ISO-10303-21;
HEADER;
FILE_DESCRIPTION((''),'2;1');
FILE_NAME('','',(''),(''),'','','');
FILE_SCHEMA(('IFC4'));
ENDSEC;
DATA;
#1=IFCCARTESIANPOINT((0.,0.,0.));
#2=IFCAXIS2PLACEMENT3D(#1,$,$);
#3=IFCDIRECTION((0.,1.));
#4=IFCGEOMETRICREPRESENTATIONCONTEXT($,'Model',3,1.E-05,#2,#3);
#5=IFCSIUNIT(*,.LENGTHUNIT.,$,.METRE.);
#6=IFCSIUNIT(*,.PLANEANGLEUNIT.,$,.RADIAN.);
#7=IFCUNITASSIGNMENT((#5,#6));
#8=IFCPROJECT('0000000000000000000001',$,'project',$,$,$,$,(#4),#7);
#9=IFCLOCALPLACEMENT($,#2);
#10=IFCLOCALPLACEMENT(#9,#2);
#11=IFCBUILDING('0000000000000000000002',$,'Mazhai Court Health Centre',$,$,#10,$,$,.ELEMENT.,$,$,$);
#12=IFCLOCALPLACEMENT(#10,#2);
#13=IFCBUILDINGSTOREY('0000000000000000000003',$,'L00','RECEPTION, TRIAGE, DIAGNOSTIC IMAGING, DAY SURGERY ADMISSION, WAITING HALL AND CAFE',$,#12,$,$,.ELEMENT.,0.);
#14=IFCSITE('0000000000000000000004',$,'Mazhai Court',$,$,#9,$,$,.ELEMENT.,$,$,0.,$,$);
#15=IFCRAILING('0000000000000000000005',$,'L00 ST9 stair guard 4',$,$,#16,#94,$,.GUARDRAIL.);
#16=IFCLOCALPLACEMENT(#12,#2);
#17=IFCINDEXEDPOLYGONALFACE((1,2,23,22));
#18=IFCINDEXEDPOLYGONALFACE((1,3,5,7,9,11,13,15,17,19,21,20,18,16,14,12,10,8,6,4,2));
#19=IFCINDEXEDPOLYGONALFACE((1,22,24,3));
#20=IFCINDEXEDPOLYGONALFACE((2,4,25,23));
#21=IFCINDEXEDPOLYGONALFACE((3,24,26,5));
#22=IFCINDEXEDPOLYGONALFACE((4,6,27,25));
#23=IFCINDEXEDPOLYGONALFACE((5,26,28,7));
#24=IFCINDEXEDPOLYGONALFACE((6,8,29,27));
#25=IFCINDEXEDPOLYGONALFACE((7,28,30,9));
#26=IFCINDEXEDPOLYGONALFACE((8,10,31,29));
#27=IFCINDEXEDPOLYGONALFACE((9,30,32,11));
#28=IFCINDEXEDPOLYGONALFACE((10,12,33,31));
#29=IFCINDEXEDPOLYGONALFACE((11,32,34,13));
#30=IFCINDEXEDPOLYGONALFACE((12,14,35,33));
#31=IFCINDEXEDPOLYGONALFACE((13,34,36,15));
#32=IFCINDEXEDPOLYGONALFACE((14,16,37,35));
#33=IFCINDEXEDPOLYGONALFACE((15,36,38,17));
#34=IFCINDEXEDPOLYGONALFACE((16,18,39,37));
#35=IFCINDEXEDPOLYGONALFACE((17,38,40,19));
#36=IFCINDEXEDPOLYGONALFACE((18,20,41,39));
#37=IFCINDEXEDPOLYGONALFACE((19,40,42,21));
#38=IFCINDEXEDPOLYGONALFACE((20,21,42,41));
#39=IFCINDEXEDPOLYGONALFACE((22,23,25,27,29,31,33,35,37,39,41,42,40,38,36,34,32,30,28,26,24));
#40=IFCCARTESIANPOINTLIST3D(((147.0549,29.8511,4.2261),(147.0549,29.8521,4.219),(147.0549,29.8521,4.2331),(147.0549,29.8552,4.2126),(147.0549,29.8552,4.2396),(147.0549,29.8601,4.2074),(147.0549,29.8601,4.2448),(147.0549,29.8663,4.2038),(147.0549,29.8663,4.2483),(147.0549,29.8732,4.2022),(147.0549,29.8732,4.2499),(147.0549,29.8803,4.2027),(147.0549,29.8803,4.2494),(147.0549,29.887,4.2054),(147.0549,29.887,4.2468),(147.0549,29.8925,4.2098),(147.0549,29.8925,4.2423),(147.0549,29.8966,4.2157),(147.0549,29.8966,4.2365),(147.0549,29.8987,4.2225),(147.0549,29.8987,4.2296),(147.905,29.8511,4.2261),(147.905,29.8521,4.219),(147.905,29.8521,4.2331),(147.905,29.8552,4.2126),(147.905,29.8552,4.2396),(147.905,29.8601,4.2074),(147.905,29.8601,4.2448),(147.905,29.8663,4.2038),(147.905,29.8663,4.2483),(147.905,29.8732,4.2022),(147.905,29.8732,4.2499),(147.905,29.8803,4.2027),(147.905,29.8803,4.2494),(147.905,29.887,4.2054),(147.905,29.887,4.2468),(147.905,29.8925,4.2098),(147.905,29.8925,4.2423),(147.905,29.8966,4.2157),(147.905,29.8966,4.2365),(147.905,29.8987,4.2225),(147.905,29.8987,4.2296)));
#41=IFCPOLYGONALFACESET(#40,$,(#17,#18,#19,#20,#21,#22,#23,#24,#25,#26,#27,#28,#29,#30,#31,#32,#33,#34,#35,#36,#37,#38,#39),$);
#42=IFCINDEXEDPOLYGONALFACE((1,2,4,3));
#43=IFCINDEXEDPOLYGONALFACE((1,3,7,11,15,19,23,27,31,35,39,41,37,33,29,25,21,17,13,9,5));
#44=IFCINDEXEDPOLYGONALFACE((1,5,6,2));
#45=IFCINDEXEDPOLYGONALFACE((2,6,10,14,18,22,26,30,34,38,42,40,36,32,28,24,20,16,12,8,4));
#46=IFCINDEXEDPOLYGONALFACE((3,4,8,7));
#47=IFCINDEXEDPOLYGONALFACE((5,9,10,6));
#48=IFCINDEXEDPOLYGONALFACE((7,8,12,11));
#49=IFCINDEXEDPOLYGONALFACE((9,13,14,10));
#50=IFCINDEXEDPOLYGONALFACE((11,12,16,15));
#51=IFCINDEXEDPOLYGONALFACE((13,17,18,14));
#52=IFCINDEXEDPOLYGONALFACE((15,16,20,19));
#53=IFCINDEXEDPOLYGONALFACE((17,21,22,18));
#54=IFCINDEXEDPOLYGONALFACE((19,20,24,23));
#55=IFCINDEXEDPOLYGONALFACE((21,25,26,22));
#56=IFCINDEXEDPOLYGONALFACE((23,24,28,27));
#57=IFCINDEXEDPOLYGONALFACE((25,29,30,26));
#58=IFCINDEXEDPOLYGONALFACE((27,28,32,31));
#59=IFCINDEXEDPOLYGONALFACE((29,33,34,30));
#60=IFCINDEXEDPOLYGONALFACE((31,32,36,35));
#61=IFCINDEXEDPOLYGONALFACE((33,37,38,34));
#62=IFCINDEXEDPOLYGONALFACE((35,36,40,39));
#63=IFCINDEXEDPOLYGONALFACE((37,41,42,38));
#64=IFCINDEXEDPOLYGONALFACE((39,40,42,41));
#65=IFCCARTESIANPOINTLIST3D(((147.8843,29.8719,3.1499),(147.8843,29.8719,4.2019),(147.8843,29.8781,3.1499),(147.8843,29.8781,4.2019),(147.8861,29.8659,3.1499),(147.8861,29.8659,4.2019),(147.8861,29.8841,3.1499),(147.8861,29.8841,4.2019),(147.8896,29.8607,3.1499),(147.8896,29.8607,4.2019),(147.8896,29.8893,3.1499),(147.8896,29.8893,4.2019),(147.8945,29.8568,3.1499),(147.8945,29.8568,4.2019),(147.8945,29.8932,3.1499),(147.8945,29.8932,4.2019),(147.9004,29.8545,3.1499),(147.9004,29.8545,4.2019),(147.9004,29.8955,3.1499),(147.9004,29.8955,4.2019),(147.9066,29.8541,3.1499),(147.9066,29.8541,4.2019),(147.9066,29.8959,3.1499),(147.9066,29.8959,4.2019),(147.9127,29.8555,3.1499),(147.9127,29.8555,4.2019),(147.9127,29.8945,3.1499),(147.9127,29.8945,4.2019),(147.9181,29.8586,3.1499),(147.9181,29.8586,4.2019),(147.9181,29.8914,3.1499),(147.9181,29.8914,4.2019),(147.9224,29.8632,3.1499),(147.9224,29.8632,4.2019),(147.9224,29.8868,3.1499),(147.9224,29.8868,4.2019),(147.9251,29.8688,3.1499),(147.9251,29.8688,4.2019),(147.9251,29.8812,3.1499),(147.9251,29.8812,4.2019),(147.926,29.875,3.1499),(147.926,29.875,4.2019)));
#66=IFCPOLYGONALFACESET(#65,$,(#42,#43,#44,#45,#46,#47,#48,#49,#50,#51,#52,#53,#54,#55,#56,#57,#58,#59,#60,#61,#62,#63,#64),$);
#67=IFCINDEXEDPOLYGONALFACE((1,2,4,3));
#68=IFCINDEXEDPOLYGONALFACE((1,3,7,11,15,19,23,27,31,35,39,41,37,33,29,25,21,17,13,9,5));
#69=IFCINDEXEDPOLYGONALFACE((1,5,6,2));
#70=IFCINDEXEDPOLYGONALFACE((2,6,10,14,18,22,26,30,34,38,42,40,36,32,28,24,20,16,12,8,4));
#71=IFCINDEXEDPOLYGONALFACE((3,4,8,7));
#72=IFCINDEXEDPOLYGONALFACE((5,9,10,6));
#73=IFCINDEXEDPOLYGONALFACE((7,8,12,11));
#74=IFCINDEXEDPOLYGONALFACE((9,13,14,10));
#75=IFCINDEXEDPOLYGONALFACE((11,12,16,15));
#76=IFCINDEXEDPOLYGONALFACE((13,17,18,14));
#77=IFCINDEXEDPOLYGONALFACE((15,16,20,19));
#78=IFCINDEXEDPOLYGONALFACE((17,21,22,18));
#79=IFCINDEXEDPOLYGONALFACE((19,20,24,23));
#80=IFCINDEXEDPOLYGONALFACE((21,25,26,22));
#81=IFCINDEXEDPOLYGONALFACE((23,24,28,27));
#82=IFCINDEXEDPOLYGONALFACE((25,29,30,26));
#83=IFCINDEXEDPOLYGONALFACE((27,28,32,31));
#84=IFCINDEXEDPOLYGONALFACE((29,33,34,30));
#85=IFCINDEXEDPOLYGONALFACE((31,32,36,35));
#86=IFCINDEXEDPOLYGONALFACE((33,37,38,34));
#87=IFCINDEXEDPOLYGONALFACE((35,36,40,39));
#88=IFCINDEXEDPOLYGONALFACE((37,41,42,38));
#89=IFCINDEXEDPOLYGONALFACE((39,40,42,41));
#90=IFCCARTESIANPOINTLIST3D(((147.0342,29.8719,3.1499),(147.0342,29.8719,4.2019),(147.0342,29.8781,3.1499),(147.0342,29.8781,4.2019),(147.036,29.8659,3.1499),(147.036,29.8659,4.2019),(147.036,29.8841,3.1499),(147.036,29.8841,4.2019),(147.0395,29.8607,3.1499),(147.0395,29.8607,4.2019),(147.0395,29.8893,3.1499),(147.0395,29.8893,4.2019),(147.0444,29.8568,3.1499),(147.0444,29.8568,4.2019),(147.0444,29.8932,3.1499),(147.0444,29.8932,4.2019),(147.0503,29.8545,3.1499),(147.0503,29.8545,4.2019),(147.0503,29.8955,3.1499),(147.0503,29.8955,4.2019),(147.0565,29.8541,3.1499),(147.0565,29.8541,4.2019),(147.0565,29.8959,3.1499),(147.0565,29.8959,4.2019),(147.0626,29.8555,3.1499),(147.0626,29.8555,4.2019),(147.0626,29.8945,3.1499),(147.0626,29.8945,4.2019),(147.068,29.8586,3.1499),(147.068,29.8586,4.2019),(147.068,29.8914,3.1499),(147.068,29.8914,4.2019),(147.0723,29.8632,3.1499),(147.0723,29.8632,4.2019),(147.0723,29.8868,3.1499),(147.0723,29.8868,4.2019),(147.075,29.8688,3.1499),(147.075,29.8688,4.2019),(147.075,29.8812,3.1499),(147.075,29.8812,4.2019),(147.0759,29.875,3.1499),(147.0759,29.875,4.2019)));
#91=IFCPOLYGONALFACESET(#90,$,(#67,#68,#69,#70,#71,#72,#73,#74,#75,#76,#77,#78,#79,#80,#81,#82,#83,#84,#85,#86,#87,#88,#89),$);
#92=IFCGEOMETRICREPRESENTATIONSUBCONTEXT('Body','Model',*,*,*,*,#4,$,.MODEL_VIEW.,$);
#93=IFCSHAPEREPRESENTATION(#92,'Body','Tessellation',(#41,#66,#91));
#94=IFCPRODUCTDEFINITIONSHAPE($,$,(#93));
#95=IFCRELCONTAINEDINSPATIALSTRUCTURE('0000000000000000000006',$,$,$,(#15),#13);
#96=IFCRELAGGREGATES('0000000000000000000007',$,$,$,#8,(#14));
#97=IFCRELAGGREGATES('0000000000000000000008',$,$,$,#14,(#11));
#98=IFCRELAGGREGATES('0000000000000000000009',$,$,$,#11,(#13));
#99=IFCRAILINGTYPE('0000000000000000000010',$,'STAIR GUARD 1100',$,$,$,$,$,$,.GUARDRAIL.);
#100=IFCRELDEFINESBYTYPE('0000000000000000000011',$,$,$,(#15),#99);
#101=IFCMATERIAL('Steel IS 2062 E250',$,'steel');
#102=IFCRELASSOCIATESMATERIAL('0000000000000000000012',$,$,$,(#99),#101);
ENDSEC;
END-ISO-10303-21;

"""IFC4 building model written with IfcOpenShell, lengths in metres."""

from ifc_helpers import new_model, si_unit, direction, frame, origin, origin_2d, place, context, subcontext, project, spatial, circle, extrude, material, type_object, element, save


model = new_model("IFC4")

# Units and contexts
model_context = context("Model", 3, precision=1e-05, world=origin(), true_north=direction((0.0, 1.0)))
body_context = subcontext(model_context, "Body", "Model", "MODEL_VIEW")
ifc_project = project(units=[si_unit("LENGTHUNIT", "METRE"), si_unit("PLANEANGLEUNIT", "RADIAN")], contexts=[model_context])

# Site, building, storey
site_placement = place(None, origin())
site = spatial("IfcSite", under=ifc_project, at=site_placement, Name="Mazhai Court", CompositionType="ELEMENT", RefElevation=0.0)
building_placement = place(site_placement, origin())
building = spatial("IfcBuilding", under=site, at=building_placement, Name="Mazhai Court Health Centre", CompositionType="ELEMENT")
storey_placement = place(building_placement, origin())
storey = spatial("IfcBuildingStorey", under=building, at=storey_placement, Name="L00", Description="RECEPTION, TRIAGE, DIAGNOSTIC IMAGING, DAY SURGERY ADMISSION, WAITING HALL AND CAFE", CompositionType="ELEMENT", Elevation=0.0)

# Railing
ifc_material_1 = material(Name="Steel IS 2062 E250", Category="steel")
railing_type_1 = type_object("IfcRailingType", Name="STAIR GUARD 1100", PredefinedType="GUARDRAIL", material=ifc_material_1)
railing_1_placement = place(storey_placement, frame((147.905, 29.875, 3.1499)))
element("IfcRailing", 1, at=railing_1_placement, inside=storey, type_object=railing_type_1, Name="L00 ST9 stair guard 4", PredefinedType="GUARDRAIL", context=body_context, shape_type="SweptSolid", body=[
    extrude(circle(Radius=0.0239, at=origin_2d()), frame((0.0, 0.0, 1.0762), z_axis=(-1.0, 0.0, 0.0), x_axis=(0.0, -1.0, 0.0)), (0.0, 0.0, 1.0), 0.8501),
    extrude(circle(Radius=0.021, at=origin_2d()), origin(), (0.0, 0.0, 1.0), 1.052),
    extrude(circle(Radius=0.021, at=origin_2d()), frame((-0.8501, 0.0, 0.0)), (0.0, 0.0, 1.0), 1.052),
])

save(model, "model.ifc")
